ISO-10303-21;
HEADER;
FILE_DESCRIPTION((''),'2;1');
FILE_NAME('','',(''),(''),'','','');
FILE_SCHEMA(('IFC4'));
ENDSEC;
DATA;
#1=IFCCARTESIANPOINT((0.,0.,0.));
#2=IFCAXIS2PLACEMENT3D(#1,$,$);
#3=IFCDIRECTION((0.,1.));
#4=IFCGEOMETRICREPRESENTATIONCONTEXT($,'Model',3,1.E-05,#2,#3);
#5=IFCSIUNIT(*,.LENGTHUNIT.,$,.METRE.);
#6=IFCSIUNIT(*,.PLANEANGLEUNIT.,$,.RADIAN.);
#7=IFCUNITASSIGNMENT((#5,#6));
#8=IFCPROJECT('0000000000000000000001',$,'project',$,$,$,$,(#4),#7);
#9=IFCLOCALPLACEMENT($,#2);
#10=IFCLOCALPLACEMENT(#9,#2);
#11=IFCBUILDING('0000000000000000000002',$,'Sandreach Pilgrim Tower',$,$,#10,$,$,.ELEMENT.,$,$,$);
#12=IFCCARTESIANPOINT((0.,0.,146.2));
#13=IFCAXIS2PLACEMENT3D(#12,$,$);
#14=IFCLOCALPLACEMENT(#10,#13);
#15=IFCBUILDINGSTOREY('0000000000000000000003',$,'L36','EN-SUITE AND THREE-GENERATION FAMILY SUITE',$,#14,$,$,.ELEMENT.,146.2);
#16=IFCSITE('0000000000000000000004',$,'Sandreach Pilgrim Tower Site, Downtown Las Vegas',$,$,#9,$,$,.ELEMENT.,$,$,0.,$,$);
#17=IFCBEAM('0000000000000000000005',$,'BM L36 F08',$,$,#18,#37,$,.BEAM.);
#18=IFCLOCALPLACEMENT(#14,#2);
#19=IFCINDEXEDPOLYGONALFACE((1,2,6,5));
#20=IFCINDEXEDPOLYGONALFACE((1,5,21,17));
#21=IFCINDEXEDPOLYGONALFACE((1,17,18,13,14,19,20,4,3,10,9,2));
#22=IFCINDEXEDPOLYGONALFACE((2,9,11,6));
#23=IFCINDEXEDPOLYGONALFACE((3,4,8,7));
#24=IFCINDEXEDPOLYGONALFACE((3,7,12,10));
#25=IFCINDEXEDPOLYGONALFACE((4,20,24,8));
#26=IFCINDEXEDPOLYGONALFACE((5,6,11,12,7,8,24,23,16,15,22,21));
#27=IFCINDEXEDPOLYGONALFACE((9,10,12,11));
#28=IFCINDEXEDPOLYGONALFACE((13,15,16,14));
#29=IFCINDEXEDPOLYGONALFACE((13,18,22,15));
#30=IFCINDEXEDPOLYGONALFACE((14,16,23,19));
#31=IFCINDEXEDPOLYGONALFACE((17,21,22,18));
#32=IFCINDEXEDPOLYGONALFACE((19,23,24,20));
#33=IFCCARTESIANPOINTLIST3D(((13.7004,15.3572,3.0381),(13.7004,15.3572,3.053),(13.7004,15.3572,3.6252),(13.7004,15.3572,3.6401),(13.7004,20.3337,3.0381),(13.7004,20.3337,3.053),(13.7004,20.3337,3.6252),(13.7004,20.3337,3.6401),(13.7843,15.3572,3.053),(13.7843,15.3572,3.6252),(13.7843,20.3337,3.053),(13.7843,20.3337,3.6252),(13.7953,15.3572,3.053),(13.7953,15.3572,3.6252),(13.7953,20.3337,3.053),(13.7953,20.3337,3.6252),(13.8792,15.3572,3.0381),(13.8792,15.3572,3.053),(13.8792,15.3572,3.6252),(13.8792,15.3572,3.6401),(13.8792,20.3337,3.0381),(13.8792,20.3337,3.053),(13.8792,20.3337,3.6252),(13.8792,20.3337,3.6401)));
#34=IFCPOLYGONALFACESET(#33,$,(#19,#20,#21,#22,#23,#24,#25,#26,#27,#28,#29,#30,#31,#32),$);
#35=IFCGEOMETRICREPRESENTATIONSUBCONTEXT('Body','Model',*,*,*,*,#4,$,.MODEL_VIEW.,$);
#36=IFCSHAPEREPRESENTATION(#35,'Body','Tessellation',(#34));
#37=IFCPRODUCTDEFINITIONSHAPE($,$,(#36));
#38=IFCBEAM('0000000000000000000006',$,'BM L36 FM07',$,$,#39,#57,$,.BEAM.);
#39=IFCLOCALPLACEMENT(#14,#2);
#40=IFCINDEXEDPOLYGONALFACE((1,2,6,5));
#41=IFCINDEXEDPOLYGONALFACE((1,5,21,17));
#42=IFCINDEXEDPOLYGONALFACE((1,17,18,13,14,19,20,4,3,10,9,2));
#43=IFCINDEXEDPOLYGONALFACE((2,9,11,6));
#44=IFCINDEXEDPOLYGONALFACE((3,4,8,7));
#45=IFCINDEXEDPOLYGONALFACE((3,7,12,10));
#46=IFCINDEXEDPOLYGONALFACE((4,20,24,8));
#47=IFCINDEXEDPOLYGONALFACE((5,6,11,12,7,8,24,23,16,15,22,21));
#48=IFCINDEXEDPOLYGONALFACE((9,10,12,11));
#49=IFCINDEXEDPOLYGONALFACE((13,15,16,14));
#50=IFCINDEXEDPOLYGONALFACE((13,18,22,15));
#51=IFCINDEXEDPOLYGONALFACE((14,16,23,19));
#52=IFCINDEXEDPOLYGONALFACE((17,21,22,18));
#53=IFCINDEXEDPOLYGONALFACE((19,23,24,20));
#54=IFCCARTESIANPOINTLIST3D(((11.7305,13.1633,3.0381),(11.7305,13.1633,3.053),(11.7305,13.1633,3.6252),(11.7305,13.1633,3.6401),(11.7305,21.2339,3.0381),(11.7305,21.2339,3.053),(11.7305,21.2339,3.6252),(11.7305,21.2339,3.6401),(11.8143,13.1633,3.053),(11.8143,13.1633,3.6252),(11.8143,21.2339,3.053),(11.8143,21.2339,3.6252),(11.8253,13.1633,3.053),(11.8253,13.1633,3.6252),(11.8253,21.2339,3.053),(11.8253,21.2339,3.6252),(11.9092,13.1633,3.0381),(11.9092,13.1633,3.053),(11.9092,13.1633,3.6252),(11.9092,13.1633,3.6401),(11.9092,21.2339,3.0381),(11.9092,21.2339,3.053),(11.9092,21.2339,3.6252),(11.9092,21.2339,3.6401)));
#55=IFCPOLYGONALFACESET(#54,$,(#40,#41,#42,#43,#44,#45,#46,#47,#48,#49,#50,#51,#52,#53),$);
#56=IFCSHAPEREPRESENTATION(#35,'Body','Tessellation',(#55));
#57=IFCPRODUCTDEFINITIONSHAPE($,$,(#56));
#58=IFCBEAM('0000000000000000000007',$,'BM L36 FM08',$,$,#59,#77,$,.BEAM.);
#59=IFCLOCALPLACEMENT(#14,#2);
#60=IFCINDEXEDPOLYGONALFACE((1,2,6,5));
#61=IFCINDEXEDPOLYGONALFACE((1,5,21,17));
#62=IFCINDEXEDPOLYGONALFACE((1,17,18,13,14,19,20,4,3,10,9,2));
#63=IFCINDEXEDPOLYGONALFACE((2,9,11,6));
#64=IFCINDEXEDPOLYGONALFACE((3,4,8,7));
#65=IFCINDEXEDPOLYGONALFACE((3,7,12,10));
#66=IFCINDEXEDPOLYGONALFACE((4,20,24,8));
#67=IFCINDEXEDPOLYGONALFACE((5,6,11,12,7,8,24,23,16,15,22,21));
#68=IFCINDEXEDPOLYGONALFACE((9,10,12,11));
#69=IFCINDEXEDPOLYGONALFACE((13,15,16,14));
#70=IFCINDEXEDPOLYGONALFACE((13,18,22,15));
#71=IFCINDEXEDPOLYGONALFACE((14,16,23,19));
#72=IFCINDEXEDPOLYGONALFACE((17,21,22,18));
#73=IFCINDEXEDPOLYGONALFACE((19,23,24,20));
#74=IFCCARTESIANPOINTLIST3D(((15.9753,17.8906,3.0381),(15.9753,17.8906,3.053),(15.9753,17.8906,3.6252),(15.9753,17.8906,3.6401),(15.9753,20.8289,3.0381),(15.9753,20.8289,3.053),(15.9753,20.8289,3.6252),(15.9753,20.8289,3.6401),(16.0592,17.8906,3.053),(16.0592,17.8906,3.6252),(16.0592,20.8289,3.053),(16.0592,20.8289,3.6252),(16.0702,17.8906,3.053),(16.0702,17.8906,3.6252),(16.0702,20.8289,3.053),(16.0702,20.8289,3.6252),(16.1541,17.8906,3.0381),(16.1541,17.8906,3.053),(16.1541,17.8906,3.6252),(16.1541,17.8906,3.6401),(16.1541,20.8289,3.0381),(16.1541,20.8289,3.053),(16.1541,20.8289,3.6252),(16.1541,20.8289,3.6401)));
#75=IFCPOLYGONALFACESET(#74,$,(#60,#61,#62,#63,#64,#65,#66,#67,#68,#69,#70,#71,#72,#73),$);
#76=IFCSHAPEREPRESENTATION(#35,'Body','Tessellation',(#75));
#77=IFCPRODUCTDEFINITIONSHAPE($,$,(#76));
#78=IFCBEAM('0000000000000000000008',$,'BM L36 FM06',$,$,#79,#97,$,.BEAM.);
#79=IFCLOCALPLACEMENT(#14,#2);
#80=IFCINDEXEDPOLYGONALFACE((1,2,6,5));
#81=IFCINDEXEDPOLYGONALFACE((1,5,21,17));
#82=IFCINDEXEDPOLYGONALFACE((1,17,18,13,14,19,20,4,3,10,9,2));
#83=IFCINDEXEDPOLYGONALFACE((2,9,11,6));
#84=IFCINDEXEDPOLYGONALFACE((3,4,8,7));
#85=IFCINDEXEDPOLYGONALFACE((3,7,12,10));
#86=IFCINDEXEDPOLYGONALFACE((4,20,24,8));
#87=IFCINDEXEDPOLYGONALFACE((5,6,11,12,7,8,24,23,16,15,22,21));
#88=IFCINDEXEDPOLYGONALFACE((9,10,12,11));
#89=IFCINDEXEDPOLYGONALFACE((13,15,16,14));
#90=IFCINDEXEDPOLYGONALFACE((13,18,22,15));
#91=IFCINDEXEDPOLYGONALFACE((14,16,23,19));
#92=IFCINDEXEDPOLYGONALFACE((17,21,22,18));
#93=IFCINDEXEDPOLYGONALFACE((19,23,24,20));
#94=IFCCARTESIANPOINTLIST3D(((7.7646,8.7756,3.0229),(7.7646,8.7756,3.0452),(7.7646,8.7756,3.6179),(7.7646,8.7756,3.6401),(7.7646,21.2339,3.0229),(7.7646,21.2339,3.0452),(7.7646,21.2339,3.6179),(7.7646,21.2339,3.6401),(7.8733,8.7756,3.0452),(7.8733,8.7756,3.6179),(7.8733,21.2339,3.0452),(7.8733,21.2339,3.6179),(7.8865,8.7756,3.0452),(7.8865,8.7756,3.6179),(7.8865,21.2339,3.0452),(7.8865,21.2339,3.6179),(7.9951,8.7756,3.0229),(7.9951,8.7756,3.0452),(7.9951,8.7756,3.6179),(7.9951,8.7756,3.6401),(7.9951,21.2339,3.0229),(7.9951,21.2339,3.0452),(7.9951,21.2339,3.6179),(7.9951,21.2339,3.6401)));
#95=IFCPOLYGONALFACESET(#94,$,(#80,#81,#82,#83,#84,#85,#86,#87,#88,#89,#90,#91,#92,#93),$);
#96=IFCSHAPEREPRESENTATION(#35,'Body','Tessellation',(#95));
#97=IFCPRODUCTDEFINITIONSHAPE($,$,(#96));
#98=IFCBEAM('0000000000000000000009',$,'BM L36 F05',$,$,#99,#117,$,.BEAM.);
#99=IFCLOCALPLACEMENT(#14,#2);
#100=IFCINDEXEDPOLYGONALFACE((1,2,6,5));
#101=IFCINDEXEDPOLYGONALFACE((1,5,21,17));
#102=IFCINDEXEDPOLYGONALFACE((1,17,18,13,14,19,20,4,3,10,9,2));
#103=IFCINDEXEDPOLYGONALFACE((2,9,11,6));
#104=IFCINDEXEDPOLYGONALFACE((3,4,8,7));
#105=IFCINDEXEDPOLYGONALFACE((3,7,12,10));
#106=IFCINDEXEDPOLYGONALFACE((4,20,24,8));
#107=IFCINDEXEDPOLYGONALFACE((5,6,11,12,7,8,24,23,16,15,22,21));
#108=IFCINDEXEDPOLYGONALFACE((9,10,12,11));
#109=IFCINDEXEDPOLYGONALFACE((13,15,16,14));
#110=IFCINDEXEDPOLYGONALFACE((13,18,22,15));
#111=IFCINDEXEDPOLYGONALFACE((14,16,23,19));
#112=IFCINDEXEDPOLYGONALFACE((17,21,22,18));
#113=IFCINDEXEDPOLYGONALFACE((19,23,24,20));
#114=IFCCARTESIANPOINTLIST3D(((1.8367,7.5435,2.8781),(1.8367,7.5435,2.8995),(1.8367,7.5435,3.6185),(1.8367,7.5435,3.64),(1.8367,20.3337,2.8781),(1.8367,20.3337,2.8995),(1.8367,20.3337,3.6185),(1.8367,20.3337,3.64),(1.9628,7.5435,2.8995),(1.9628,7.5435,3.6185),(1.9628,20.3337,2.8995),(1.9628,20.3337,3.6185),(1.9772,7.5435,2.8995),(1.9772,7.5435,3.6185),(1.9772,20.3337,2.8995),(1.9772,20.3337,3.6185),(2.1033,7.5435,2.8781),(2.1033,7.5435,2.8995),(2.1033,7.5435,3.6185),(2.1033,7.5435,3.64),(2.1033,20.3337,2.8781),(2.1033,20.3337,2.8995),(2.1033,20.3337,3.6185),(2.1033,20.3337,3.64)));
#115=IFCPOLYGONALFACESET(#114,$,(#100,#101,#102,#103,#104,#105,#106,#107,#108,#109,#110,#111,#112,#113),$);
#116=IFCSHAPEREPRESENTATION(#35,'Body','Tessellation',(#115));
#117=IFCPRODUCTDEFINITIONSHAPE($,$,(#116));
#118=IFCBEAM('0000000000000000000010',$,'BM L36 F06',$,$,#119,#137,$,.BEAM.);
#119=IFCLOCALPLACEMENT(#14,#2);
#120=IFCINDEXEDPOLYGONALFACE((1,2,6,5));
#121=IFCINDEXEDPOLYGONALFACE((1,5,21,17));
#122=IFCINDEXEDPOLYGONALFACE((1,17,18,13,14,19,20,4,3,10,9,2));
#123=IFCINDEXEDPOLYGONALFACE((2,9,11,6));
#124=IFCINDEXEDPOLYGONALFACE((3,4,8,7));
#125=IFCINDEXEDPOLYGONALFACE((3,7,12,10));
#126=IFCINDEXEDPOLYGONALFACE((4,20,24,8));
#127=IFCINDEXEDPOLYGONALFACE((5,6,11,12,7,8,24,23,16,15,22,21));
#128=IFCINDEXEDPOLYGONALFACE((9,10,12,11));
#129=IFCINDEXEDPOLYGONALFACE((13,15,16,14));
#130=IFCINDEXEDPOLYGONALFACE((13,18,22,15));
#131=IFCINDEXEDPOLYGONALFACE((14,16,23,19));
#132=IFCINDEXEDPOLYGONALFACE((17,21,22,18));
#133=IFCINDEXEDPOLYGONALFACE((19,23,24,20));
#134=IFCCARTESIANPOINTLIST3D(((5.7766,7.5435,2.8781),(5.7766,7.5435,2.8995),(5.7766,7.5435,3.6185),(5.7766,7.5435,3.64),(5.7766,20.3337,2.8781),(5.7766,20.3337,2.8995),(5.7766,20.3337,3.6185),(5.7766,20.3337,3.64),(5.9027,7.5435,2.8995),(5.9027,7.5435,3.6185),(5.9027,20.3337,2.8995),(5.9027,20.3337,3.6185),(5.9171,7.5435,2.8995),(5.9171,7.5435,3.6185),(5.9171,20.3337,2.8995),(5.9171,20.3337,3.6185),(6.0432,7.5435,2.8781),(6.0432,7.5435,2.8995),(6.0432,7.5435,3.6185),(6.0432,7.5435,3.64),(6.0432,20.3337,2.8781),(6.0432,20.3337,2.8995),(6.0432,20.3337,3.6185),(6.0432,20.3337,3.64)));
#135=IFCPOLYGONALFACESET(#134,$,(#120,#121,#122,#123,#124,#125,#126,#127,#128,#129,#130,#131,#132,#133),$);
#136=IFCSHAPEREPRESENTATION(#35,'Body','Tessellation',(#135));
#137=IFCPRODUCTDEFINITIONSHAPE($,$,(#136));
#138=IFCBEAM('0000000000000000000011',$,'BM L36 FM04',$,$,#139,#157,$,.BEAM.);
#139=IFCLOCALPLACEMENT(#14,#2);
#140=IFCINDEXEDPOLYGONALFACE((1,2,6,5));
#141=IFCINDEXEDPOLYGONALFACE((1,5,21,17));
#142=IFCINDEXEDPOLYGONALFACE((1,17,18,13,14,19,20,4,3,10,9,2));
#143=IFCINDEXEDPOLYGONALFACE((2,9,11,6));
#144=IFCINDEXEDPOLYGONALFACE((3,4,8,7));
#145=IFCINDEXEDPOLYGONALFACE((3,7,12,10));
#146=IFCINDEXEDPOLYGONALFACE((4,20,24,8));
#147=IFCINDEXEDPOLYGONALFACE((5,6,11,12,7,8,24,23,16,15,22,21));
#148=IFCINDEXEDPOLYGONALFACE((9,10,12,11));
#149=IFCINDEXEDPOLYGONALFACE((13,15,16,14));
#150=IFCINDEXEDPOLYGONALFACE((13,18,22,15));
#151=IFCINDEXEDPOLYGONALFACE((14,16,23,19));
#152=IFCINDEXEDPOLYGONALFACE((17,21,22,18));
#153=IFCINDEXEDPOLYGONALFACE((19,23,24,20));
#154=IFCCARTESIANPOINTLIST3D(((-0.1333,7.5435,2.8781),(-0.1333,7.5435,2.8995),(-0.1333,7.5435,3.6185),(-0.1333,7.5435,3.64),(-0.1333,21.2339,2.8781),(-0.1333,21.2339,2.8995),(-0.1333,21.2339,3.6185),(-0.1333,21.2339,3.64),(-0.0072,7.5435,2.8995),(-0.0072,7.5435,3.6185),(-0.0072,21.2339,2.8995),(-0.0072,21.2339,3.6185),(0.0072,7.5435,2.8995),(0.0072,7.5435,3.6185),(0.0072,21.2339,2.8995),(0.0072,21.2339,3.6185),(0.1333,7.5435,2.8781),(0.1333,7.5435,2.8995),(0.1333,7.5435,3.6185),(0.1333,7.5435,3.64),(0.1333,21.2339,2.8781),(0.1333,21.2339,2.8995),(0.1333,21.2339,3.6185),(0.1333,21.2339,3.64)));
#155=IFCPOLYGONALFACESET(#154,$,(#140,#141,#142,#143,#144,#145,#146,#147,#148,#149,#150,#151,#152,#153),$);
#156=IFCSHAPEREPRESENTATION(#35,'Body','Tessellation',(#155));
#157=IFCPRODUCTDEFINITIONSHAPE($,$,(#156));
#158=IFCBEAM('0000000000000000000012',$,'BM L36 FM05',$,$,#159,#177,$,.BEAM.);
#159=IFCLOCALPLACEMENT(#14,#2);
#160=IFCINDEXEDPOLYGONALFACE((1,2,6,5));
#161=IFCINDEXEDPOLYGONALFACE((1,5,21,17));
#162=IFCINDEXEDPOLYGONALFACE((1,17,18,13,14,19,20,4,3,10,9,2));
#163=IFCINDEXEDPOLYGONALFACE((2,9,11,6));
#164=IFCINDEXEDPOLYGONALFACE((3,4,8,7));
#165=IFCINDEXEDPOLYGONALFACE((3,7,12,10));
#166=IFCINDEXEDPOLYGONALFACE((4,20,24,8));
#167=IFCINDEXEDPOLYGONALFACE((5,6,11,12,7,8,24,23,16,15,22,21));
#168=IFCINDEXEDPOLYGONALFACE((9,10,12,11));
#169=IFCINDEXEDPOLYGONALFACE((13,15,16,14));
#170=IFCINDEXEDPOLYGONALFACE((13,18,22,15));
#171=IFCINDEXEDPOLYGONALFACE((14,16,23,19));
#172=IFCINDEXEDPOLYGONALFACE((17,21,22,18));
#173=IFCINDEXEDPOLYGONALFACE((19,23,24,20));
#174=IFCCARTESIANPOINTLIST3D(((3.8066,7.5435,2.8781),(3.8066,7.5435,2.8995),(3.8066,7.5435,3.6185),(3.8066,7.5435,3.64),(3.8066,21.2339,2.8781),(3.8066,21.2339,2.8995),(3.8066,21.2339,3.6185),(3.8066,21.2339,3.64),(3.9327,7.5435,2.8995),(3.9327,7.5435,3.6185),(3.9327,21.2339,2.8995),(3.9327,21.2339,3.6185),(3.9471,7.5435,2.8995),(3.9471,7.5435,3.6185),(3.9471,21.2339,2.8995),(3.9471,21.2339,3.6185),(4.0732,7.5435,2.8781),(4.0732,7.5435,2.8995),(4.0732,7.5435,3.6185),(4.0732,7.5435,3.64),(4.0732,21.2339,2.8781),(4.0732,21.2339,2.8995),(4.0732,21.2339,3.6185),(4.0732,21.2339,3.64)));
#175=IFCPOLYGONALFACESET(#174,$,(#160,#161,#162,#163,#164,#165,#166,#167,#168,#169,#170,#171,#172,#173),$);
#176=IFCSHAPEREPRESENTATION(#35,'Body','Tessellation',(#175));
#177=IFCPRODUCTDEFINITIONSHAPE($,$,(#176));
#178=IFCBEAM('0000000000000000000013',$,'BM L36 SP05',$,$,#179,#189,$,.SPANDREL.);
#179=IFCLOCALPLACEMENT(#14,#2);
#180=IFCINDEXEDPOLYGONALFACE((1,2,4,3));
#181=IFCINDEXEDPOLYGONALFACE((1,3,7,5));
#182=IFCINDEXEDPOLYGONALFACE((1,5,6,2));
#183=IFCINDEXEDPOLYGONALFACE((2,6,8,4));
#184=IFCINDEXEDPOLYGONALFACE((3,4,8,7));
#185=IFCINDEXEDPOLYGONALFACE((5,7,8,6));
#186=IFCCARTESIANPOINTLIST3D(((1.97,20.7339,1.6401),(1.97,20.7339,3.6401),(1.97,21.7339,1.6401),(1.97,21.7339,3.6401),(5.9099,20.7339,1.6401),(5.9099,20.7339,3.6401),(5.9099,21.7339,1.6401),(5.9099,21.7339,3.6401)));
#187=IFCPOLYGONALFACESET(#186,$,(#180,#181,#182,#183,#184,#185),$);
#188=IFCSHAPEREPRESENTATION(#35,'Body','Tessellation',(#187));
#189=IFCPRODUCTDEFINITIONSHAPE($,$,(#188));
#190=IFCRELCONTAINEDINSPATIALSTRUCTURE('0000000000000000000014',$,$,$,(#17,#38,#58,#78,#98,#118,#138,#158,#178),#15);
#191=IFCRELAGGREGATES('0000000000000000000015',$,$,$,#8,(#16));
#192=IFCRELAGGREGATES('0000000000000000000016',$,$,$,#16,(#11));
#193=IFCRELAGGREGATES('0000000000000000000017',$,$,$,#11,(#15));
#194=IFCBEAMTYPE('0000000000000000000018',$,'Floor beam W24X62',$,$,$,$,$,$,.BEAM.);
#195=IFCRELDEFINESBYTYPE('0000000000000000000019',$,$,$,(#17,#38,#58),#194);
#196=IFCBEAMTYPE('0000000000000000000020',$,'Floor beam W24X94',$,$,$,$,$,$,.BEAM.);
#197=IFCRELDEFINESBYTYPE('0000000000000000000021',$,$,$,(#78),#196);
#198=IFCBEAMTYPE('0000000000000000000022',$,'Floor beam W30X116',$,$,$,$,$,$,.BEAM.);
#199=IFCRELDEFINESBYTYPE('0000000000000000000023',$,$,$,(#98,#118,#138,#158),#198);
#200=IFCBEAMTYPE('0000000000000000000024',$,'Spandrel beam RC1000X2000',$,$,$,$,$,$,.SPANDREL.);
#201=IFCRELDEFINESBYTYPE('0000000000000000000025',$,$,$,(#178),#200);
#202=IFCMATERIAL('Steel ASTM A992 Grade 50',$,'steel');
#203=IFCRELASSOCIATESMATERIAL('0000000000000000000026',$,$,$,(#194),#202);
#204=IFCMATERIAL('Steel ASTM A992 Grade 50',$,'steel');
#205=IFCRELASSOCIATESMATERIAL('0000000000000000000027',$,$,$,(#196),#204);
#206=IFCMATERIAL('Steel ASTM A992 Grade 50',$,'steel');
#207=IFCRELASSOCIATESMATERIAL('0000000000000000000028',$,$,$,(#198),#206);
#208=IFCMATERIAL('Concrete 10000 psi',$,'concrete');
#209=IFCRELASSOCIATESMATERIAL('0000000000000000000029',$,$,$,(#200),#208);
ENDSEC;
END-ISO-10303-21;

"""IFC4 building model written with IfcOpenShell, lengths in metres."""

from ifc_helpers import new_model, si_unit, direction, frame, origin, origin_2d, place, context, subcontext, project, spatial, rectangle, i_section, extrude, material, material_profile, profile_set, type_object, element, save


model = new_model("IFC4")

# Units and contexts
model_context = context("Model", 3, precision=1e-05, world=origin(), true_north=direction((0.0, 1.0)))
body_context = subcontext(model_context, "Body", "Model", "MODEL_VIEW")
ifc_project = project(units=[si_unit("LENGTHUNIT", "METRE"), si_unit("PLANEANGLEUNIT", "RADIAN")], contexts=[model_context])

# Site, building, storey
site_placement = place(None, origin())
site = spatial("IfcSite", under=ifc_project, at=site_placement, Name="Sandreach Pilgrim Tower Site, Downtown Las Vegas", CompositionType="ELEMENT", RefElevation=0.0)
building_placement = place(site_placement, origin())
building = spatial("IfcBuilding", under=site, at=building_placement, Name="Sandreach Pilgrim Tower", CompositionType="ELEMENT")
storey_placement = place(building_placement, frame((0.0, 0.0, 146.2)))
storey = spatial("IfcBuildingStorey", under=building, at=storey_placement, Name="L36", Description="EN-SUITE AND THREE-GENERATION FAMILY SUITE", CompositionType="ELEMENT", Elevation=146.2)

# Beams
ifc_material_1 = material(Name="Steel ASTM A992 Grade 50", Category="steel")
ifc_material_profile_1 = material_profile(ifc_material_1, i_section(OverallWidth=0.1787, OverallDepth=0.6021, WebThickness=0.011, FlangeThickness=0.0149, at=origin_2d()), Name="W24X62")
ifc_profile_set_1 = profile_set([ifc_material_profile_1], Name="Steel ASTM A992 Grade 50")
beam_type_1 = type_object("IfcBeamType", Name="Floor beam W24X62", PredefinedType="BEAM", material=ifc_profile_set_1)
beam_1_placement = place(storey_placement, frame((13.7898, 20.3337, 3.3391), z_axis=(0.0, -1.0, 0.0), x_axis=(1.0, 0.0, 0.0)))
element("IfcBeam", 1, at=beam_1_placement, inside=storey, type_object=beam_type_1, Name="BM L36 F08", PredefinedType="BEAM", context=body_context, shape_type="SweptSolid", body=[
    extrude(i_section(OverallWidth=0.1787, OverallDepth=0.6021, WebThickness=0.011, FlangeThickness=0.0149, at=origin_2d()), origin(), (0.0, 0.0, 1.0), 4.9766),
])
beam_2_placement = place(storey_placement, frame((11.8198, 21.2339, 3.3391), z_axis=(0.0, -1.0, 0.0), x_axis=(1.0, 0.0, 0.0)))
element("IfcBeam", 2, at=beam_2_placement, inside=storey, type_object=beam_type_1, Name="BM L36 FM07", PredefinedType="BEAM", context=body_context, shape_type="SweptSolid", body=[
    extrude(i_section(OverallWidth=0.1787, OverallDepth=0.6021, WebThickness=0.011, FlangeThickness=0.0149, at=origin_2d()), origin(), (0.0, 0.0, 1.0), 8.0706),
])
beam_3_placement = place(storey_placement, frame((16.0647, 20.8289, 3.3391), z_axis=(0.0, -1.0, 0.0), x_axis=(1.0, 0.0, 0.0)))
element("IfcBeam", 3, at=beam_3_placement, inside=storey, type_object=beam_type_1, Name="BM L36 FM08", PredefinedType="BEAM", context=body_context, shape_type="SweptSolid", body=[
    extrude(i_section(OverallWidth=0.1787, OverallDepth=0.6021, WebThickness=0.011, FlangeThickness=0.0149, at=origin_2d()), origin(), (0.0, 0.0, 1.0), 2.9382),
])
ifc_material_2 = material(Name="Steel ASTM A992 Grade 50", Category="steel")
ifc_material_profile_2 = material_profile(ifc_material_2, i_section(OverallWidth=0.2305, OverallDepth=0.6172, WebThickness=0.0132, FlangeThickness=0.0222, at=origin_2d()), Name="W24X94")
ifc_profile_set_2 = profile_set([ifc_material_profile_2], Name="Steel ASTM A992 Grade 50")
beam_type_2 = type_object("IfcBeamType", Name="Floor beam W24X94", PredefinedType="BEAM", material=ifc_profile_set_2)
beam_4_placement = place(storey_placement, frame((7.8799, 21.2339, 3.3315), z_axis=(0.0, -1.0, 0.0), x_axis=(1.0, 0.0, 0.0)))
element("IfcBeam", 4, at=beam_4_placement, inside=storey, type_object=beam_type_2, Name="BM L36 FM06", PredefinedType="BEAM", context=body_context, shape_type="SweptSolid", body=[
    extrude(i_section(OverallWidth=0.2305, OverallDepth=0.6172, WebThickness=0.0132, FlangeThickness=0.0222, at=origin_2d()), origin(), (0.0, 0.0, 1.0), 12.4583),
])
ifc_material_3 = material(Name="Steel ASTM A992 Grade 50", Category="steel")
ifc_material_profile_3 = material_profile(ifc_material_3, i_section(OverallWidth=0.2666, OverallDepth=0.762, WebThickness=0.0144, FlangeThickness=0.0215, at=origin_2d()), Name="W30X116")
ifc_profile_set_3 = profile_set([ifc_material_profile_3], Name="Steel ASTM A992 Grade 50")
beam_type_3 = type_object("IfcBeamType", Name="Floor beam W30X116", PredefinedType="BEAM", material=ifc_profile_set_3)
for number, where, z_axis, x_axis, name in (
    (5, (1.97, 20.3337, 3.259), (0.0, -1.0, 0.0), (1.0, 0.0, 0.0), "BM L36 F05"),
    (6, (5.9099, 20.3337, 3.259), (0.0, -1.0, 0.0), (1.0, 0.0, 0.0), "BM L36 F06"),
):
    element("IfcBeam", number, at=place(storey_placement, frame(where, z_axis=z_axis, x_axis=x_axis)), inside=storey, type_object=beam_type_3, Name=name, PredefinedType="BEAM", context=body_context, shape_type="SweptSolid", body=[
        extrude(i_section(OverallWidth=0.2666, OverallDepth=0.762, WebThickness=0.0144, FlangeThickness=0.0215, at=origin_2d()), origin(), (0.0, 0.0, 1.0), 12.7903),
    ])
for number, where, z_axis, x_axis, name in (
    (7, (0.0, 21.2339, 3.259), (0.0, -1.0, 0.0), (1.0, 0.0, 0.0), "BM L36 FM04"),
    (8, (3.9399, 21.2339, 3.259), (0.0, -1.0, 0.0), (1.0, 0.0, 0.0), "BM L36 FM05"),
):
    element("IfcBeam", number, at=place(storey_placement, frame(where, z_axis=z_axis, x_axis=x_axis)), inside=storey, type_object=beam_type_3, Name=name, PredefinedType="BEAM", context=body_context, shape_type="SweptSolid", body=[
        extrude(i_section(OverallWidth=0.2666, OverallDepth=0.762, WebThickness=0.0144, FlangeThickness=0.0215, at=origin_2d()), origin(), (0.0, 0.0, 1.0), 13.6904),
    ])
ifc_material_4 = material(Name="Concrete 10000 psi", Category="concrete")
ifc_material_profile_4 = material_profile(ifc_material_4, rectangle(XDim=1.0, YDim=2.0, at=origin_2d()), Name="RC1000X2000")
ifc_profile_set_4 = profile_set([ifc_material_profile_4], Name="Concrete 10000 psi")
beam_type_4 = type_object("IfcBeamType", Name="Spandrel beam RC1000X2000", PredefinedType="SPANDREL", material=ifc_profile_set_4)
for number, where, z_axis, x_axis, name in (
    (9, (1.97, 21.2339, 2.6401), (1.0, 0.0, 0.0), (0.0, 1.0, 0.0), "BM L36 SP05"),
):
    element("IfcBeam", number, at=place(storey_placement, frame(where, z_axis=z_axis, x_axis=x_axis)), inside=storey, type_object=beam_type_4, Name=name, PredefinedType="SPANDREL", context=body_context, shape_type="SweptSolid", body=[
        extrude(rectangle(XDim=1.0, YDim=2.0, at=origin_2d()), origin(), (0.0, 0.0, 1.0), 3.9399),
    ])

save(model, "model.ifc")
